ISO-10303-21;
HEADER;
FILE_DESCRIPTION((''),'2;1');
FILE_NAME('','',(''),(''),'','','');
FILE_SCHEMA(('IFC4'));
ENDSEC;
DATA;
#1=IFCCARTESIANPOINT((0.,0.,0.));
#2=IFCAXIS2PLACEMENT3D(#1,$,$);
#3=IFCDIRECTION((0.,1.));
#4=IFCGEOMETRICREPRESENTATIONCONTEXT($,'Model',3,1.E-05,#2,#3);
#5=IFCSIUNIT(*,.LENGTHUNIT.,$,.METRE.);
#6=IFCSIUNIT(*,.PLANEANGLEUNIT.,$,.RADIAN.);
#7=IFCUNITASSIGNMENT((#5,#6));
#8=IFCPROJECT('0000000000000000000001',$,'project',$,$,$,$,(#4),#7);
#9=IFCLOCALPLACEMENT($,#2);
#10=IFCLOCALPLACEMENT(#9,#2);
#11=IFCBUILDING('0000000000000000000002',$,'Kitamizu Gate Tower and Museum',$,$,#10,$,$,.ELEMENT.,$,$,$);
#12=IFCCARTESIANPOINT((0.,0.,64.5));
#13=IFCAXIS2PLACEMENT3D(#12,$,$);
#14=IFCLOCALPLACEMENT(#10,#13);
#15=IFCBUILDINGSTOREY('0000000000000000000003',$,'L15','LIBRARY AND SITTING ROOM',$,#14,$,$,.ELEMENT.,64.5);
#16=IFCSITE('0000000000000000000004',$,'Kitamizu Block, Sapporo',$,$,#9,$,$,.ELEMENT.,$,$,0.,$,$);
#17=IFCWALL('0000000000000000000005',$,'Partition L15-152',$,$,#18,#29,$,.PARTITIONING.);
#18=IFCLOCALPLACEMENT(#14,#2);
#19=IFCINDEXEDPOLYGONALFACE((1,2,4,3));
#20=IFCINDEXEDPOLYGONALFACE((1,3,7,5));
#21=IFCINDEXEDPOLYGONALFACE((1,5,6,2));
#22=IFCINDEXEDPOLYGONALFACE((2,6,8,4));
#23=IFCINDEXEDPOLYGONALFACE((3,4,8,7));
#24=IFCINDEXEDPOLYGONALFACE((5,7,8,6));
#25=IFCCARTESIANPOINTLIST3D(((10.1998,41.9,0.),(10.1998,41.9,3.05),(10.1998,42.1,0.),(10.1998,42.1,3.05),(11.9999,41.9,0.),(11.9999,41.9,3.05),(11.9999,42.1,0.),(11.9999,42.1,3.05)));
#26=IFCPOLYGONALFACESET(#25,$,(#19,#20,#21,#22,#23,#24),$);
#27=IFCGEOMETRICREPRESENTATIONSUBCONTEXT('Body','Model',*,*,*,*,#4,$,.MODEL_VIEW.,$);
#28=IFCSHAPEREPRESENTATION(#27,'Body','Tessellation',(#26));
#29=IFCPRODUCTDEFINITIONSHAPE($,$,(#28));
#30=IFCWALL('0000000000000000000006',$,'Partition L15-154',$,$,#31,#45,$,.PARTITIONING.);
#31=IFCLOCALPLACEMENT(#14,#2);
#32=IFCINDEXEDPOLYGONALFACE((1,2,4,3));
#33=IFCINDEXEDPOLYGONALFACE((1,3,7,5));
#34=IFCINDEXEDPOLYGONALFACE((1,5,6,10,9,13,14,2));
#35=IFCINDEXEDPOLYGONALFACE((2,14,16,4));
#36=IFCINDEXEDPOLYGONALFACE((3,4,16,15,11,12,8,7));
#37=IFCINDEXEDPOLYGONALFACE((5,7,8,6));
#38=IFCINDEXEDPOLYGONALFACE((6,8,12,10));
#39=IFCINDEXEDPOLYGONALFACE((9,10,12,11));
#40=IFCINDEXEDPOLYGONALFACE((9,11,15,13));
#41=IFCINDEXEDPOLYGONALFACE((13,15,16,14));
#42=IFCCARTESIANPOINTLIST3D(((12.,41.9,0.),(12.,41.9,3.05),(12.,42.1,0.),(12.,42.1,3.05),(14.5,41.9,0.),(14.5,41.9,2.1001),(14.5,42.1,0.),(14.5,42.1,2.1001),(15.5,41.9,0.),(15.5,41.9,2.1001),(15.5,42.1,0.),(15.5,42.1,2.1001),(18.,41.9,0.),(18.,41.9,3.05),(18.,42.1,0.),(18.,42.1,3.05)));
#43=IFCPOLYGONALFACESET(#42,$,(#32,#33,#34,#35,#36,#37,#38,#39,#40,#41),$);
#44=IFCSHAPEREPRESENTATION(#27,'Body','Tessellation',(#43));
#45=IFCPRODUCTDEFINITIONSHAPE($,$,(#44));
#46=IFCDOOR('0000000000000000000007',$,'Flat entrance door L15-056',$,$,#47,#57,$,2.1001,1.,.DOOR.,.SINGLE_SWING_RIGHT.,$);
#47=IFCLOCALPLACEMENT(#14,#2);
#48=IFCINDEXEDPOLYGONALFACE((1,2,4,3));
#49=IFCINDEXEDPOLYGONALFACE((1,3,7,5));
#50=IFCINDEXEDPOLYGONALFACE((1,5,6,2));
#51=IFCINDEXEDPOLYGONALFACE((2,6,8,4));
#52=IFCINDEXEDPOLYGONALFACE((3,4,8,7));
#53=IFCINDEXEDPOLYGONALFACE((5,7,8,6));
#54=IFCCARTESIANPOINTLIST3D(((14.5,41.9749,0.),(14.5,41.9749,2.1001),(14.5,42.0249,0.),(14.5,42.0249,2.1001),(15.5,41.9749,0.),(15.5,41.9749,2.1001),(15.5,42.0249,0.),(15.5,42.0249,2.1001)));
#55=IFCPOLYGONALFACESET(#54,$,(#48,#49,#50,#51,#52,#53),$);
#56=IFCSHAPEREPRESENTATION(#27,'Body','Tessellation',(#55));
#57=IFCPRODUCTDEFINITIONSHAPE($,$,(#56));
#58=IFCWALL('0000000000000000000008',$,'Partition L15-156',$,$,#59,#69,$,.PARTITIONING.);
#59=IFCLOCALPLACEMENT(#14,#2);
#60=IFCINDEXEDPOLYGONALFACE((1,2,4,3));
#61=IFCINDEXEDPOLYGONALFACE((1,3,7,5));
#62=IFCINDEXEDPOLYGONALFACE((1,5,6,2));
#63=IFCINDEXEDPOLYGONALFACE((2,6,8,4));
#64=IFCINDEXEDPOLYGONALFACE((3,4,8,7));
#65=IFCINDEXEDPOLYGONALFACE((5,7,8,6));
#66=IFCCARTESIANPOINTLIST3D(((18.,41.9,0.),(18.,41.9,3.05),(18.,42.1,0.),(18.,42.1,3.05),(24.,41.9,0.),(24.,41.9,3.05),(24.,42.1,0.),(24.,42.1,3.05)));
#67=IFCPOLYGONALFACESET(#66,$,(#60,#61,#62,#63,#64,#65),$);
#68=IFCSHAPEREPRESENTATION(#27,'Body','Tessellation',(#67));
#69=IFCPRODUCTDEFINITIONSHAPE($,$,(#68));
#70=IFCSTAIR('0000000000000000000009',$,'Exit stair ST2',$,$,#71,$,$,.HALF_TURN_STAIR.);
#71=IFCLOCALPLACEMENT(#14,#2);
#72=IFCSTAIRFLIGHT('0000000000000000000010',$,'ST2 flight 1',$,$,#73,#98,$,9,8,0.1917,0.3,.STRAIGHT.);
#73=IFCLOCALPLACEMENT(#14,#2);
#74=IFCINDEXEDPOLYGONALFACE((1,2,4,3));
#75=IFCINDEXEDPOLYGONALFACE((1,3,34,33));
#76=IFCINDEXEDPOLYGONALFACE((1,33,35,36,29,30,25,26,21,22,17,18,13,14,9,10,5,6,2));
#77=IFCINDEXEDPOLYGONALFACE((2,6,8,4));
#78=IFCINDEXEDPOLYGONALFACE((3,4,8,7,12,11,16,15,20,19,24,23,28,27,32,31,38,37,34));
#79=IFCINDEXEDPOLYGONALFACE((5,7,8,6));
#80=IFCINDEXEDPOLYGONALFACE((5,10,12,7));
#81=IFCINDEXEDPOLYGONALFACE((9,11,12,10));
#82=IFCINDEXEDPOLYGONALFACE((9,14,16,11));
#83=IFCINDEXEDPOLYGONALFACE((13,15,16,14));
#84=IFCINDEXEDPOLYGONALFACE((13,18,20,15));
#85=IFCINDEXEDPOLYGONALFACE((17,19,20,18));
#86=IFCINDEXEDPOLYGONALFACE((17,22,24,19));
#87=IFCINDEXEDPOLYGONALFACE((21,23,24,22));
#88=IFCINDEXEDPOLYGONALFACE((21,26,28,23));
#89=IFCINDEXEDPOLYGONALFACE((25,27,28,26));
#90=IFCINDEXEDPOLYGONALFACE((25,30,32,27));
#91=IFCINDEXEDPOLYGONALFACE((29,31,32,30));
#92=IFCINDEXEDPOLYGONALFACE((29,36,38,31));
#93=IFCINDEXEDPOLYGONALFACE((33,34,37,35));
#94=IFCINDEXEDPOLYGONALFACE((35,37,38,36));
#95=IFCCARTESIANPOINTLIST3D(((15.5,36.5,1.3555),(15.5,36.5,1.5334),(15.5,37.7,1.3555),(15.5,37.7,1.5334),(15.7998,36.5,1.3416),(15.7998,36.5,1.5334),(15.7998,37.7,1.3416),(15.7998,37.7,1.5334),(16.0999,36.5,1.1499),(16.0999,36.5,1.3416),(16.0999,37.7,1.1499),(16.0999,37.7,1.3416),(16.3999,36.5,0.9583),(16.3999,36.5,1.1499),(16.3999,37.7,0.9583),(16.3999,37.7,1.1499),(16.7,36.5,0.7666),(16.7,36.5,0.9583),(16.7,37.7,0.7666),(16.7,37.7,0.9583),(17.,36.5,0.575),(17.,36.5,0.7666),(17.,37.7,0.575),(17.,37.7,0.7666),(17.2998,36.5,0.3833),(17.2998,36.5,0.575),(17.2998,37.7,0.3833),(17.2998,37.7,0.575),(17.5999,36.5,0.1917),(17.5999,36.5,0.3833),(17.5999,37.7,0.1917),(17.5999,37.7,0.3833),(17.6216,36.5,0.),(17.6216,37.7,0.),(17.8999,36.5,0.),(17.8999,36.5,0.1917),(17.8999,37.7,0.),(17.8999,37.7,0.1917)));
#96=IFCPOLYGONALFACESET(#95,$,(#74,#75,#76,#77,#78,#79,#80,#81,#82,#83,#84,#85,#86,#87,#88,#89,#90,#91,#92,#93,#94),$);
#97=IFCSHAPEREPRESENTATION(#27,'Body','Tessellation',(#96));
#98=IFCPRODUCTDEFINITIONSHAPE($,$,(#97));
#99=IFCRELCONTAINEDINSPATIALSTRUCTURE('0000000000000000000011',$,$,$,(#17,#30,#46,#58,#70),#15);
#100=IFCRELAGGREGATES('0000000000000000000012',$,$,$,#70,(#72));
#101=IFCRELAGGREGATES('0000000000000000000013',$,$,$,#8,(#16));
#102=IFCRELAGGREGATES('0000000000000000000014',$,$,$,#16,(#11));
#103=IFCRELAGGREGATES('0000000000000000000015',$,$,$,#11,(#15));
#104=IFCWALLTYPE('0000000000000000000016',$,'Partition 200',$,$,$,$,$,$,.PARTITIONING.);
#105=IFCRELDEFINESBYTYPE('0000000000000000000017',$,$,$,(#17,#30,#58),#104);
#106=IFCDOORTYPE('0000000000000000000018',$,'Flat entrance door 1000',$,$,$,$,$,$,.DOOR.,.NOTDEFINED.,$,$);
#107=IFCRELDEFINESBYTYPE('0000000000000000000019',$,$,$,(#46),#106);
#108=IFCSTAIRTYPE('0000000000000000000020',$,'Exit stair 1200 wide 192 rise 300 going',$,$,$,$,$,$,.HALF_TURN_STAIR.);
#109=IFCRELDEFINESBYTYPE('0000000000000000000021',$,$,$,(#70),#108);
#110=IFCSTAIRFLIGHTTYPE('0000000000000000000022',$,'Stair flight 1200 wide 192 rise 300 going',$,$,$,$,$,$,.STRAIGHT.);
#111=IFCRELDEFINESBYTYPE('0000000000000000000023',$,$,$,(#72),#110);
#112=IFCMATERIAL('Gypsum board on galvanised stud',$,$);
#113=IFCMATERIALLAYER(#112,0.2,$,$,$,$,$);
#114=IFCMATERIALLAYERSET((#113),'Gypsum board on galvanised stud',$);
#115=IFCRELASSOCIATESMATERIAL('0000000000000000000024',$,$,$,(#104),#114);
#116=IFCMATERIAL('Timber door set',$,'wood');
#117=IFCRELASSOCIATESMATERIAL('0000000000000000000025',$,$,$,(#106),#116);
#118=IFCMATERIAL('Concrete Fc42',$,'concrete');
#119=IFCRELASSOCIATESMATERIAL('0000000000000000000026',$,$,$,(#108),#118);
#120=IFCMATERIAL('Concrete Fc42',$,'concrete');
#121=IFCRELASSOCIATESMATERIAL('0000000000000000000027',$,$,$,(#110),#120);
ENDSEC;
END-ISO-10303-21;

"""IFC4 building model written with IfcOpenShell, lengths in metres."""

from ifc_helpers import new_model, si_unit, direction, frame, frame_2d, origin, place, context, subcontext, project, spatial, polyline, rectangle, outline, extrude, material, layer, layer_set, type_object, element, fill, aggregate, save


model = new_model("IFC4")

# Units and contexts
model_context = context("Model", 3, precision=1e-05, world=origin(), true_north=direction((0.0, 1.0)))
body_context = subcontext(model_context, "Body", "Model", "MODEL_VIEW")
ifc_project = project(units=[si_unit("LENGTHUNIT", "METRE"), si_unit("PLANEANGLEUNIT", "RADIAN")], contexts=[model_context])

# Site, building, storey
site_placement = place(None, origin())
site = spatial("IfcSite", under=ifc_project, at=site_placement, Name="Kitamizu Block, Sapporo", CompositionType="ELEMENT", RefElevation=0.0)
building_placement = place(site_placement, origin())
building = spatial("IfcBuilding", under=site, at=building_placement, Name="Kitamizu Gate Tower and Museum", CompositionType="ELEMENT")
storey_placement = place(building_placement, frame((0.0, 0.0, 64.5)))
storey = spatial("IfcBuildingStorey", under=building, at=storey_placement, Name="L15", Description="LIBRARY AND SITTING ROOM", CompositionType="ELEMENT", Elevation=64.5)

# Wall
ifc_material_1 = material(Name="Gypsum board on galvanised stud")
ifc_layer_1 = layer(ifc_material_1, 0.2)
ifc_layer_set_1 = layer_set([ifc_layer_1], Name="Gypsum board on galvanised stud")
wall_type_1 = type_object("IfcWallType", Name="Partition 200", PredefinedType="PARTITIONING", material=ifc_layer_set_1)
wall_1_placement = place(storey_placement, frame((10.2, 42.0, 0.0), z_axis=(0.0, 0.0, 1.0), x_axis=(1.0, 0.0, 0.0)))
element("IfcWall", 1, at=wall_1_placement, inside=storey, type_object=wall_type_1, Name="Partition L15-152", PredefinedType="PARTITIONING", context=body_context, shape_type="SweptSolid", body=[
    extrude(rectangle(XDim=1.8, YDim=0.2, at=frame_2d((0.8999, 0.0))), origin(), (0.0, 0.0, 1.0), 3.05),
])

# Wall, opening, door
wall_2_placement = place(storey_placement, frame((12.0, 42.0, 0.0), z_axis=(0.0, 0.0, 1.0), x_axis=(1.0, 0.0, 0.0)))
wall_2 = element("IfcWall", 2, at=wall_2_placement, inside=storey, type_object=wall_type_1, Name="Partition L15-154", PredefinedType="PARTITIONING", context=body_context, shape_type="SweptSolid", body=[
    extrude(rectangle(XDim=6.0, YDim=0.2, at=frame_2d((3.0, 0.0))), origin(), (0.0, 0.0, 1.0), 3.05),
])
opening_1_placement = place(wall_2_placement, frame((2.5, 0.0, 0.0)))
opening_1 = element("IfcOpeningElement", 3, at=opening_1_placement, cuts=wall_2, PredefinedType="OPENING", context=body_context, shape_type="SweptSolid", body=[
    extrude(rectangle(XDim=1.0, YDim=2.1001, at=frame_2d((0.5, 1.05))), frame((0.0, 0.1099, 0.0), z_axis=(0.0, -1.0, 0.0), x_axis=(1.0, 0.0, 0.0)), (0.0, 0.0, 1.0), 0.22),
])
ifc_material_2 = material(Name="Timber door set", Category="wood")
door_type_1 = type_object("IfcDoorType", Name="Flat entrance door 1000", OperationType="NOTDEFINED", PredefinedType="DOOR", material=ifc_material_2)
door_1_placement = place(opening_1_placement, origin())
door_1 = element("IfcDoor", 4, at=door_1_placement, inside=storey, type_object=door_type_1, Name="Flat entrance door L15-056", OperationType="SINGLE_SWING_RIGHT", OverallHeight=2.1001, OverallWidth=1.0, PredefinedType="DOOR", context=body_context, shape_type="SweptSolid", body=[
    extrude(rectangle(XDim=1.0, YDim=2.1001, at=frame_2d((0.5, 1.05))), frame((0.0, 0.0249, 0.0), z_axis=(0.0, -1.0, 0.0), x_axis=(1.0, 0.0, 0.0)), (0.0, 0.0, 1.0), 0.05),
])
fill(opening_1, door_1)

# Wall
wall_3_placement = place(storey_placement, frame((18.0, 42.0, 0.0), z_axis=(0.0, 0.0, 1.0), x_axis=(1.0, 0.0, 0.0)))
element("IfcWall", 5, at=wall_3_placement, inside=storey, type_object=wall_type_1, Name="Partition L15-156", PredefinedType="PARTITIONING", context=body_context, shape_type="SweptSolid", body=[
    extrude(rectangle(XDim=6.0, YDim=0.2, at=frame_2d((3.0, 0.0))), origin(), (0.0, 0.0, 1.0), 3.05),
])

# Stair, stair flight
ifc_material_3 = material(Name="Concrete Fc42", Category="concrete")
stair_type = type_object("IfcStairType", Name="Exit stair 1200 wide 192 rise 300 going", PredefinedType="HALF_TURN_STAIR", material=ifc_material_3)
stair_placement = place(storey_placement, origin())
stair = element("IfcStair", 6, at=stair_placement, inside=storey, type_object=stair_type, Name="Exit stair ST2", PredefinedType="HALF_TURN_STAIR")
ifc_material_4 = material(Name="Concrete Fc42", Category="concrete")
stair_flight_type = type_object("IfcStairFlightType", Name="Stair flight 1200 wide 192 rise 300 going", PredefinedType="STRAIGHT", material=ifc_material_4)
stair_flight_placement = place(storey_placement, frame((17.8999, 37.1001, 0.0), z_axis=(0.0, 0.0, 1.0), x_axis=(-1.0, 0.0, 0.0)))
stair_flight = element("IfcStairFlight", 7, at=stair_flight_placement, type_object=stair_flight_type, Name="ST2 flight 1", NumberOfRisers=9, NumberOfTreads=8, PredefinedType="STRAIGHT", RiserHeight=0.1917, TreadLength=0.3, context=body_context, shape_type="SweptSolid", body=[
    extrude(outline(polyline([(0.0, 0.0), (0.0, 0.1917), (0.3, 0.1917), (0.3, 0.3833), (0.6001, 0.3833), (0.6001, 0.575), (0.8999, 0.575), (0.8999, 0.7666), (1.2, 0.7666), (1.2, 0.9583), (1.5, 0.9583), (1.5, 1.1499), (1.8, 1.1499), (1.8, 1.3416), (2.1001, 1.3416), (2.1001, 1.5334), (2.3999, 1.5334), (2.3999, 1.7251), (2.3999, 1.3555), (0.2783, 0.0), (0.0, 0.0)])), frame((0.0, 0.6001, 0.0), z_axis=(0.0, -1.0, 0.0), x_axis=(1.0, 0.0, 0.0)), (0.0, 0.0, 1.0), 1.2),
])
aggregate(stair, [stair_flight])

save(model, "model.ifc")
